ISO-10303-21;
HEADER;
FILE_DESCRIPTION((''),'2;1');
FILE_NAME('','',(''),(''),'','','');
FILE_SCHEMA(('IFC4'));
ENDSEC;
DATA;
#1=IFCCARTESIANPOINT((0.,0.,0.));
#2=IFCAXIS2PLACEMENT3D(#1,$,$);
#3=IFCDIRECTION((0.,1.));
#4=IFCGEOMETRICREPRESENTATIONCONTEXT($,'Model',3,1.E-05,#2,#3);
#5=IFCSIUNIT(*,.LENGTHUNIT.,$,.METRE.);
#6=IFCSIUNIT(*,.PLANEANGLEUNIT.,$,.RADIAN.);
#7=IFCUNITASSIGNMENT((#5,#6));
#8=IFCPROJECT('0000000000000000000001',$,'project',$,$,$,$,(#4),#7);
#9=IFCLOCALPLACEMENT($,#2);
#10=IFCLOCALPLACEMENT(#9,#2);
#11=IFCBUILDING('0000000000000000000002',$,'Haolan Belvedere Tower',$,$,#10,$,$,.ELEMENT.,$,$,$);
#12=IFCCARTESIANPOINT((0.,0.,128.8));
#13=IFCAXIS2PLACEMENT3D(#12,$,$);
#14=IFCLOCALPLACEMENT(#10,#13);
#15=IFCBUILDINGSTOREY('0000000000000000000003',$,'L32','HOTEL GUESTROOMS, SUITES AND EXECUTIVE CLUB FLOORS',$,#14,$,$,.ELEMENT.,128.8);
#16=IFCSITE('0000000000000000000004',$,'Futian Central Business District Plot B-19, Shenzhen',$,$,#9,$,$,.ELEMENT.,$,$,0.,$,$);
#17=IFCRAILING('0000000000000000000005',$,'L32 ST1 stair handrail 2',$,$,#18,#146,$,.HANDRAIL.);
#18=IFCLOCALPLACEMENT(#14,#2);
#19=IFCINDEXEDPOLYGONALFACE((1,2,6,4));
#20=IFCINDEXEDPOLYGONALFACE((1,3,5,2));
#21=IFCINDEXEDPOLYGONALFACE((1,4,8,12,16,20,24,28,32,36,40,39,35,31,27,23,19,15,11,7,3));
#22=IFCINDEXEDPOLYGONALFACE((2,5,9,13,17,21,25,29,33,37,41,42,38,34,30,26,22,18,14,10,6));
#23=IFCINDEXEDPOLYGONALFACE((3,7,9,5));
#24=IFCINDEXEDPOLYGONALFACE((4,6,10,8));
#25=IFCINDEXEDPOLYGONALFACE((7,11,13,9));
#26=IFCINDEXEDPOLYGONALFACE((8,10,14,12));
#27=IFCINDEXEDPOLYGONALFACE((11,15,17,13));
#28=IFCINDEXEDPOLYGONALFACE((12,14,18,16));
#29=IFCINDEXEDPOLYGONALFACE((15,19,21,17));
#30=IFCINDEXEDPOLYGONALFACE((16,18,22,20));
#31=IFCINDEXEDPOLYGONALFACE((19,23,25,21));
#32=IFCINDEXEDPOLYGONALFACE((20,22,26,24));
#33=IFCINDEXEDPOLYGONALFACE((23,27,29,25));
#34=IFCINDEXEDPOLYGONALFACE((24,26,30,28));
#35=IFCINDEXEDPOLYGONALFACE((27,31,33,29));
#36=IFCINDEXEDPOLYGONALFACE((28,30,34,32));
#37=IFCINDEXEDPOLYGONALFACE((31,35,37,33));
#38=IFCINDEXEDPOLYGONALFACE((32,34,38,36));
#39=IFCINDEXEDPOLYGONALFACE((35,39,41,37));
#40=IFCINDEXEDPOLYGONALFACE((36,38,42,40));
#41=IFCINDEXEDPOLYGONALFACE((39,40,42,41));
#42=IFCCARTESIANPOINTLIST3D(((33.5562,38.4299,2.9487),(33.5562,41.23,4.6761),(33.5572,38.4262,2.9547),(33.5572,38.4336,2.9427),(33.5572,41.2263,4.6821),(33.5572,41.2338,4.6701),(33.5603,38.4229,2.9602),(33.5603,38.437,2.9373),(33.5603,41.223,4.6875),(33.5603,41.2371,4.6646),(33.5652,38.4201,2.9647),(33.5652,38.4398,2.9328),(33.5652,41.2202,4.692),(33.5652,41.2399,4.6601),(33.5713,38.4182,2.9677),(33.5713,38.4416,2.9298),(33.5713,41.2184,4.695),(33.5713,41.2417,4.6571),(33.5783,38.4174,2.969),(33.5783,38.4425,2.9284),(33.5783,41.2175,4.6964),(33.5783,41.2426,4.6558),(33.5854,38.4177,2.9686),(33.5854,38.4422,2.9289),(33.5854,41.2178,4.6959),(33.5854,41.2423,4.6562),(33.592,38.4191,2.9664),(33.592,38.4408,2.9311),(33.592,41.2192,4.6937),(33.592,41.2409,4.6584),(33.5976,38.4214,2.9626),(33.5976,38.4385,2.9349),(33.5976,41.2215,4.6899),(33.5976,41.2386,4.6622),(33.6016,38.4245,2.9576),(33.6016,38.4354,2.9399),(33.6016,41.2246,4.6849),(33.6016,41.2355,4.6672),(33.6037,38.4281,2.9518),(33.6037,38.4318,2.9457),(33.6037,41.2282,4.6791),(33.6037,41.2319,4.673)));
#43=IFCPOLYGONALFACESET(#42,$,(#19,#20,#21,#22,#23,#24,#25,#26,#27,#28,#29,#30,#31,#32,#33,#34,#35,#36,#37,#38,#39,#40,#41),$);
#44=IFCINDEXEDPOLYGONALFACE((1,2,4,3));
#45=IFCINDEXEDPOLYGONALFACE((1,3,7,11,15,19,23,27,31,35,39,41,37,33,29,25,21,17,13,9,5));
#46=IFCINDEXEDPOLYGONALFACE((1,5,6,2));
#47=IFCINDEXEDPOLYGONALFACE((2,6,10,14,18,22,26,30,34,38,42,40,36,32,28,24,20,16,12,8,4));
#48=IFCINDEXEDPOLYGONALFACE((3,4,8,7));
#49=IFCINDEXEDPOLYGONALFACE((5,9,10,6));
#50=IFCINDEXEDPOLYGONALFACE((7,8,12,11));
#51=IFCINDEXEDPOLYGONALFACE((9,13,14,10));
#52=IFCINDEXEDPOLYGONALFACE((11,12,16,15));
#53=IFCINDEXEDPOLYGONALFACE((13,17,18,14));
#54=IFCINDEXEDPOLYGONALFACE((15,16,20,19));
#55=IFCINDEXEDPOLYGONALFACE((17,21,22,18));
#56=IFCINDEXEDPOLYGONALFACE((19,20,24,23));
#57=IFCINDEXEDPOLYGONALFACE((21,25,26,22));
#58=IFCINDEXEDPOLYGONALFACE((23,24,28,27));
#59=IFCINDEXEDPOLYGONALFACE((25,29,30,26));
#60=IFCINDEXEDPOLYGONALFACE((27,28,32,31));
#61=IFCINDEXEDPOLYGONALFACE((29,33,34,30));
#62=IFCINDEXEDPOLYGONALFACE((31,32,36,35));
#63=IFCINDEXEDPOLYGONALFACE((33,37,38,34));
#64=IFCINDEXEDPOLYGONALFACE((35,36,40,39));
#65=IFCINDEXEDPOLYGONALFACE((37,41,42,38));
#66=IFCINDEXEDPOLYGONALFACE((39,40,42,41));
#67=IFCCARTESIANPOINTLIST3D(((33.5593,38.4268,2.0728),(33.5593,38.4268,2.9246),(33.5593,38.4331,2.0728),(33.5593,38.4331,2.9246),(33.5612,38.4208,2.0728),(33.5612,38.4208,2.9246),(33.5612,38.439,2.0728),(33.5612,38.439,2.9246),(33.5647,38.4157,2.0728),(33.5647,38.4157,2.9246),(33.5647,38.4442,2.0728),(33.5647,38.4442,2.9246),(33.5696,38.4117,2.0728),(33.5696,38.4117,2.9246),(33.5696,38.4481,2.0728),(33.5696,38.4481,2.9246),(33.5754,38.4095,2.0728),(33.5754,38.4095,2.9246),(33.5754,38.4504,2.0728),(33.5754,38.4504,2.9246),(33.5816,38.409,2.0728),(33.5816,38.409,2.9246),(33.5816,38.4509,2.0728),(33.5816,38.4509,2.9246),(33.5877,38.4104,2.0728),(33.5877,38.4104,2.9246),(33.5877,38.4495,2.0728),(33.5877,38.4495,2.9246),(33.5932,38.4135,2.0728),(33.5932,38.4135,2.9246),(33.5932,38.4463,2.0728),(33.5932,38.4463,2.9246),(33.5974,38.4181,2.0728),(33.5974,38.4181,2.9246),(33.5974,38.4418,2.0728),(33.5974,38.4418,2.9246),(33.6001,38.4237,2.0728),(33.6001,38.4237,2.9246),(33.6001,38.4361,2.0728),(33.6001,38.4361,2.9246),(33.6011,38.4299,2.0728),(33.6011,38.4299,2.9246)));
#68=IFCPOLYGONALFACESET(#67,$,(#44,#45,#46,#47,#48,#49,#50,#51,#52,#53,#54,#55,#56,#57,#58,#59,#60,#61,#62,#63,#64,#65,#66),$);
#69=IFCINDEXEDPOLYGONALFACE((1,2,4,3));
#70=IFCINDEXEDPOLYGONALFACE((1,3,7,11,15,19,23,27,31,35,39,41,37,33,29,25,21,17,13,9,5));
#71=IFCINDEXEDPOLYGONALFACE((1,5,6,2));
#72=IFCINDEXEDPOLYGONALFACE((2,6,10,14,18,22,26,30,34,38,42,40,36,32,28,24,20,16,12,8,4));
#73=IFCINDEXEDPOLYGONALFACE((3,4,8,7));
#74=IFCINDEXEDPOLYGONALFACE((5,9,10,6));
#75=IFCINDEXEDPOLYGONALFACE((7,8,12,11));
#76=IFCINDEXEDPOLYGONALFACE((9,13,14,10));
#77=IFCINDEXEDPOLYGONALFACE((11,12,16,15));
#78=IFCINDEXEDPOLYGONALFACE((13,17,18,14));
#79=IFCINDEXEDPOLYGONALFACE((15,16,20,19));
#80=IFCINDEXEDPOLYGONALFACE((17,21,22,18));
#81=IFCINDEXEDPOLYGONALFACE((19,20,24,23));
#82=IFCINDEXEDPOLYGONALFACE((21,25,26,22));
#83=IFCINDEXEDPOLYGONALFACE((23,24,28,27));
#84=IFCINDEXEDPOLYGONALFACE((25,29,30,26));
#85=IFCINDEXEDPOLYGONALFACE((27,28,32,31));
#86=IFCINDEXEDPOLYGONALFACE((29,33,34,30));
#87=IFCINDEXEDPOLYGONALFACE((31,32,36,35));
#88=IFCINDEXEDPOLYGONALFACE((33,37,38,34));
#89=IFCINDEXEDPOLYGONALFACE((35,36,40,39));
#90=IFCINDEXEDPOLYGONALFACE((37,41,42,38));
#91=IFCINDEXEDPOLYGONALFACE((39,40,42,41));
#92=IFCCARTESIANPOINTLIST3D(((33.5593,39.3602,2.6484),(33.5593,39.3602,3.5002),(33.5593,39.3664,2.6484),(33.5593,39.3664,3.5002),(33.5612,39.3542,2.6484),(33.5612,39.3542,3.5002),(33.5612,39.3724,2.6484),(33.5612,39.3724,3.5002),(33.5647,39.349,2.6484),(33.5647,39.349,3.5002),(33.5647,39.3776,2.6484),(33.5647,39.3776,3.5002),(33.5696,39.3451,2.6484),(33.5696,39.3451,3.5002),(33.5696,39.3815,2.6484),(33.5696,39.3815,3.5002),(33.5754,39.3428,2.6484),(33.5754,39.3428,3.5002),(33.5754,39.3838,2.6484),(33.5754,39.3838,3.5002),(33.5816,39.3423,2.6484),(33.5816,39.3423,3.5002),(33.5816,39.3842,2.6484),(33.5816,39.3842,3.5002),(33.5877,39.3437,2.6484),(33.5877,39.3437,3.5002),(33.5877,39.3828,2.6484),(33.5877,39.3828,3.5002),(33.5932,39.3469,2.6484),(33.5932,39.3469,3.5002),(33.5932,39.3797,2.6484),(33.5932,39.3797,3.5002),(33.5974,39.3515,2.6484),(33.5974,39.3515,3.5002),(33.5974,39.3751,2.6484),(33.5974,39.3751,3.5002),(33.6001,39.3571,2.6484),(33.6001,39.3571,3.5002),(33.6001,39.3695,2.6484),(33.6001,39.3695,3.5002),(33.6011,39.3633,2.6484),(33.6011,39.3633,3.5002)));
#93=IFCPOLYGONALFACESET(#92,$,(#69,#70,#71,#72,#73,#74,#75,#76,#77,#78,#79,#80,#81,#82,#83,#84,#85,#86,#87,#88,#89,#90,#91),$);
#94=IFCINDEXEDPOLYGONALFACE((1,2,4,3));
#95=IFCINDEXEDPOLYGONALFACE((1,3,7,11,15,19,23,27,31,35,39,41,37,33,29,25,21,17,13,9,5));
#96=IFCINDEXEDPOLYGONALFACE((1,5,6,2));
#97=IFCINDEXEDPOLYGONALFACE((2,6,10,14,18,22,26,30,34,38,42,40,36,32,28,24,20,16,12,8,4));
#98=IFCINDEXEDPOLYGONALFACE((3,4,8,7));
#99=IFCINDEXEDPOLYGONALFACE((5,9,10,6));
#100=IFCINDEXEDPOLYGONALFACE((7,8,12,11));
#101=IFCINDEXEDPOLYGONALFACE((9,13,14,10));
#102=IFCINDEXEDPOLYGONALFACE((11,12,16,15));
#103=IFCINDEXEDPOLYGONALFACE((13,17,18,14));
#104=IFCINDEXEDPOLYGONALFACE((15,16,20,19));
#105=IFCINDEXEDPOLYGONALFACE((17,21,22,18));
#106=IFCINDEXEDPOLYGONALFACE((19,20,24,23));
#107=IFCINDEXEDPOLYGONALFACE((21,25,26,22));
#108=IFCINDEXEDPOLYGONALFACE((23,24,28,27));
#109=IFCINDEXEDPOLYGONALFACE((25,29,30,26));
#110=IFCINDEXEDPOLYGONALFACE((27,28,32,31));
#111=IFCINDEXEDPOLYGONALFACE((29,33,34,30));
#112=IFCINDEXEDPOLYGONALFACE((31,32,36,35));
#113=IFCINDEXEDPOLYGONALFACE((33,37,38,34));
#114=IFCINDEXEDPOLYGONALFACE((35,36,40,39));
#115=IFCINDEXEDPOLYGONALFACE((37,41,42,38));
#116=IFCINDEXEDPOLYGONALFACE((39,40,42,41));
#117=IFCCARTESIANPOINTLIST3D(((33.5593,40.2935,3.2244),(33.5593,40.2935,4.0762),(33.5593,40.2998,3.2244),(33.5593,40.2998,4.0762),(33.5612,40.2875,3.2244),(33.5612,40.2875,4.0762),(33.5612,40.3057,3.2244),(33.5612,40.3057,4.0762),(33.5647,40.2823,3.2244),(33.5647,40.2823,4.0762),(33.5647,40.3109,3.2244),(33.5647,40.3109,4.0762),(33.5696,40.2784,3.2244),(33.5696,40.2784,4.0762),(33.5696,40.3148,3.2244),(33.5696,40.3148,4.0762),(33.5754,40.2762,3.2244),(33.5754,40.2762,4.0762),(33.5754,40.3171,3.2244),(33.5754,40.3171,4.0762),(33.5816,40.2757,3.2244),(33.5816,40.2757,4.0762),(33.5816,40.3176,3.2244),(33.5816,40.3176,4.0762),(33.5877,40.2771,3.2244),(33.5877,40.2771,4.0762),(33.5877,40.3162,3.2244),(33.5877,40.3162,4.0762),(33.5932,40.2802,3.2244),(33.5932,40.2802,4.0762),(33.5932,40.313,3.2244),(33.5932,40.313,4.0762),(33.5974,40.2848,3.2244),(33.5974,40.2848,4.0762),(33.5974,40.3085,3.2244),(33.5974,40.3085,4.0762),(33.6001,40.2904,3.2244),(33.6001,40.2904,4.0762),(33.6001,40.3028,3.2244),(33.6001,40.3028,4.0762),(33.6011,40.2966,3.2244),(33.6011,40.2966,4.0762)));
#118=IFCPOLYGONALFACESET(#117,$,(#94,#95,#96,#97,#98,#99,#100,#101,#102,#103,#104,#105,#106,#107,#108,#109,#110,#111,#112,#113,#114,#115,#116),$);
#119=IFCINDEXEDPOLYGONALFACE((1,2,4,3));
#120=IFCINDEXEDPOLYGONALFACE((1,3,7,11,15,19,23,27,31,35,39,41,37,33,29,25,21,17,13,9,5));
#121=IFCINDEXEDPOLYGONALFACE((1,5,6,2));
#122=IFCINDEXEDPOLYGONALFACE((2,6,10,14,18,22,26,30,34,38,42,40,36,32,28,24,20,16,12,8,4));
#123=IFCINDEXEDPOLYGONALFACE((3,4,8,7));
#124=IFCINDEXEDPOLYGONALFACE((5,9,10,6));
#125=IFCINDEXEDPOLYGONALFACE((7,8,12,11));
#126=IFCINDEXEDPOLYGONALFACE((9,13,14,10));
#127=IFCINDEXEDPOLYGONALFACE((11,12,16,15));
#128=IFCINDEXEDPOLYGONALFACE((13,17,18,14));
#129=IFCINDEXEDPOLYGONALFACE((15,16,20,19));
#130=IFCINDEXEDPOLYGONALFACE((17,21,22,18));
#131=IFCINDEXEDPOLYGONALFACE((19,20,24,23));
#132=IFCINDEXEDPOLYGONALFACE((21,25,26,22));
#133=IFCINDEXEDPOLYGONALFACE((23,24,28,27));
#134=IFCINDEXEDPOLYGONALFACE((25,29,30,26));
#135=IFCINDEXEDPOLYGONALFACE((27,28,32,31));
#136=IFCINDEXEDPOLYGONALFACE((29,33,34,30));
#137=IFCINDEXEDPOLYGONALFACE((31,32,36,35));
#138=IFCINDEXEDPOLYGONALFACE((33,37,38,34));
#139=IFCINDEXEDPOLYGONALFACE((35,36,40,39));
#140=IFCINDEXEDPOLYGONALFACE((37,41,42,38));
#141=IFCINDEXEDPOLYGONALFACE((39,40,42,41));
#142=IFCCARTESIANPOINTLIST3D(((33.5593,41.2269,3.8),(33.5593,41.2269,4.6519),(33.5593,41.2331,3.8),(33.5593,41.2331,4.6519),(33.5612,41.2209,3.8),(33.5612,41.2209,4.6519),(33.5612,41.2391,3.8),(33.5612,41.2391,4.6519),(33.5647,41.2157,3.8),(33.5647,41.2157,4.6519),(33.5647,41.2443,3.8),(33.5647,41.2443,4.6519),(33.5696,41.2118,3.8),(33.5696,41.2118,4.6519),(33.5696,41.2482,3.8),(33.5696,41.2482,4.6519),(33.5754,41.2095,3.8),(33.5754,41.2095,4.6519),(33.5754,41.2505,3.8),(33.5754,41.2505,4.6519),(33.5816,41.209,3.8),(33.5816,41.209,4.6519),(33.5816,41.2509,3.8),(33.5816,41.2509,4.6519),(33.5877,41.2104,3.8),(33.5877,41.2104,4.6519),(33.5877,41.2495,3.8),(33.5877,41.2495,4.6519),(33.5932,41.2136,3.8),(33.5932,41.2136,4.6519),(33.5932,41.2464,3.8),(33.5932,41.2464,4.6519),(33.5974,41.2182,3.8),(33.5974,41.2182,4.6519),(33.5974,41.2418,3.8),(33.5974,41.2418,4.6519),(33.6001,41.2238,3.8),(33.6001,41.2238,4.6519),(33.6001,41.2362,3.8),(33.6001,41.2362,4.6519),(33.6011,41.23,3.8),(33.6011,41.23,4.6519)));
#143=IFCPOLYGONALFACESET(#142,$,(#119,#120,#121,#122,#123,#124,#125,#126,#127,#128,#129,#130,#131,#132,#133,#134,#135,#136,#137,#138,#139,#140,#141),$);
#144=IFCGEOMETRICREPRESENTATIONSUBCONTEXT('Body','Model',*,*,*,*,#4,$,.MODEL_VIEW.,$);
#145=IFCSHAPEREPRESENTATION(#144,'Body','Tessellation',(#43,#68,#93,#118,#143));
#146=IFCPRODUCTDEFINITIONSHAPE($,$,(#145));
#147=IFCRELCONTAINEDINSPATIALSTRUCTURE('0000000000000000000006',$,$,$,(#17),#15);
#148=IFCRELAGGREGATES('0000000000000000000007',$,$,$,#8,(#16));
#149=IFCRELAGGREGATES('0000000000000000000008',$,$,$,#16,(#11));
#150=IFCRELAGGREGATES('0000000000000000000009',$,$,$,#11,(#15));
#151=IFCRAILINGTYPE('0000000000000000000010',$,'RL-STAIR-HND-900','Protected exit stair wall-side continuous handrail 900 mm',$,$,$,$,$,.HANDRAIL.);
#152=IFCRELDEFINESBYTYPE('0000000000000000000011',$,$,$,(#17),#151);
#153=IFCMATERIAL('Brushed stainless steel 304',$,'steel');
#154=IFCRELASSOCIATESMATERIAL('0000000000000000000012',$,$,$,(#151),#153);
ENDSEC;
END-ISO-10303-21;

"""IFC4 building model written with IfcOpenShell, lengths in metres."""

from ifc_helpers import new_model, si_unit, direction, frame, origin, origin_2d, place, context, subcontext, project, spatial, circle, extrude, material, type_object, element, save


model = new_model("IFC4")

# Units and contexts
model_context = context("Model", 3, precision=1e-05, world=origin(), true_north=direction((0.0, 1.0)))
body_context = subcontext(model_context, "Body", "Model", "MODEL_VIEW")
ifc_project = project(units=[si_unit("LENGTHUNIT", "METRE"), si_unit("PLANEANGLEUNIT", "RADIAN")], contexts=[model_context])

# Site, building, storey
site_placement = place(None, origin())
site = spatial("IfcSite", under=ifc_project, at=site_placement, Name="Futian Central Business District Plot B-19, Shenzhen", CompositionType="ELEMENT", RefElevation=0.0)
building_placement = place(site_placement, origin())
building = spatial("IfcBuilding", under=site, at=building_placement, Name="Haolan Belvedere Tower", CompositionType="ELEMENT")
storey_placement = place(building_placement, frame((0.0, 0.0, 128.8)))
storey = spatial("IfcBuildingStorey", under=building, at=storey_placement, Name="L32", Description="HOTEL GUESTROOMS, SUITES AND EXECUTIVE CLUB FLOORS", CompositionType="ELEMENT", Elevation=128.8)

# Railing
ifc_material_1 = material(Name="Brushed stainless steel 304", Category="steel")
railing_type_1 = type_object("IfcRailingType", Name="RL-STAIR-HND-900", Description="Protected exit stair wall-side continuous handrail 900 mm", PredefinedType="HANDRAIL", material=ifc_material_1)
railing_1_placement = place(storey_placement, frame((33.5801, 38.4299, 2.0728)))
element("IfcRailing", 1, at=railing_1_placement, inside=storey, type_object=railing_type_1, Name="L32 ST1 stair handrail 2", PredefinedType="HANDRAIL", context=body_context, shape_type="SweptSolid", body=[
    extrude(circle(Radius=0.0239, at=origin_2d()), frame((0.0, 0.0, 0.876), z_axis=(0.0, 0.85109, 0.52502), x_axis=(-1.0, 0.0, 0.0)), (0.0, 0.0, 1.0), 3.29),
    extrude(circle(Radius=0.021, at=origin_2d()), origin(), (0.0, 0.0, 1.0), 0.8518),
    extrude(circle(Radius=0.021, at=origin_2d()), frame((0.0, 0.9333, 0.5757)), (0.0, 0.0, 1.0), 0.8518),
    extrude(circle(Radius=0.021, at=origin_2d()), frame((0.0, 1.8667, 1.1516)), (0.0, 0.0, 1.0), 0.8518),
    extrude(circle(Radius=0.021, at=origin_2d()), frame((0.0, 2.8, 1.7273)), (0.0, 0.0, 1.0), 0.8518),
])

save(model, "model.ifc")
